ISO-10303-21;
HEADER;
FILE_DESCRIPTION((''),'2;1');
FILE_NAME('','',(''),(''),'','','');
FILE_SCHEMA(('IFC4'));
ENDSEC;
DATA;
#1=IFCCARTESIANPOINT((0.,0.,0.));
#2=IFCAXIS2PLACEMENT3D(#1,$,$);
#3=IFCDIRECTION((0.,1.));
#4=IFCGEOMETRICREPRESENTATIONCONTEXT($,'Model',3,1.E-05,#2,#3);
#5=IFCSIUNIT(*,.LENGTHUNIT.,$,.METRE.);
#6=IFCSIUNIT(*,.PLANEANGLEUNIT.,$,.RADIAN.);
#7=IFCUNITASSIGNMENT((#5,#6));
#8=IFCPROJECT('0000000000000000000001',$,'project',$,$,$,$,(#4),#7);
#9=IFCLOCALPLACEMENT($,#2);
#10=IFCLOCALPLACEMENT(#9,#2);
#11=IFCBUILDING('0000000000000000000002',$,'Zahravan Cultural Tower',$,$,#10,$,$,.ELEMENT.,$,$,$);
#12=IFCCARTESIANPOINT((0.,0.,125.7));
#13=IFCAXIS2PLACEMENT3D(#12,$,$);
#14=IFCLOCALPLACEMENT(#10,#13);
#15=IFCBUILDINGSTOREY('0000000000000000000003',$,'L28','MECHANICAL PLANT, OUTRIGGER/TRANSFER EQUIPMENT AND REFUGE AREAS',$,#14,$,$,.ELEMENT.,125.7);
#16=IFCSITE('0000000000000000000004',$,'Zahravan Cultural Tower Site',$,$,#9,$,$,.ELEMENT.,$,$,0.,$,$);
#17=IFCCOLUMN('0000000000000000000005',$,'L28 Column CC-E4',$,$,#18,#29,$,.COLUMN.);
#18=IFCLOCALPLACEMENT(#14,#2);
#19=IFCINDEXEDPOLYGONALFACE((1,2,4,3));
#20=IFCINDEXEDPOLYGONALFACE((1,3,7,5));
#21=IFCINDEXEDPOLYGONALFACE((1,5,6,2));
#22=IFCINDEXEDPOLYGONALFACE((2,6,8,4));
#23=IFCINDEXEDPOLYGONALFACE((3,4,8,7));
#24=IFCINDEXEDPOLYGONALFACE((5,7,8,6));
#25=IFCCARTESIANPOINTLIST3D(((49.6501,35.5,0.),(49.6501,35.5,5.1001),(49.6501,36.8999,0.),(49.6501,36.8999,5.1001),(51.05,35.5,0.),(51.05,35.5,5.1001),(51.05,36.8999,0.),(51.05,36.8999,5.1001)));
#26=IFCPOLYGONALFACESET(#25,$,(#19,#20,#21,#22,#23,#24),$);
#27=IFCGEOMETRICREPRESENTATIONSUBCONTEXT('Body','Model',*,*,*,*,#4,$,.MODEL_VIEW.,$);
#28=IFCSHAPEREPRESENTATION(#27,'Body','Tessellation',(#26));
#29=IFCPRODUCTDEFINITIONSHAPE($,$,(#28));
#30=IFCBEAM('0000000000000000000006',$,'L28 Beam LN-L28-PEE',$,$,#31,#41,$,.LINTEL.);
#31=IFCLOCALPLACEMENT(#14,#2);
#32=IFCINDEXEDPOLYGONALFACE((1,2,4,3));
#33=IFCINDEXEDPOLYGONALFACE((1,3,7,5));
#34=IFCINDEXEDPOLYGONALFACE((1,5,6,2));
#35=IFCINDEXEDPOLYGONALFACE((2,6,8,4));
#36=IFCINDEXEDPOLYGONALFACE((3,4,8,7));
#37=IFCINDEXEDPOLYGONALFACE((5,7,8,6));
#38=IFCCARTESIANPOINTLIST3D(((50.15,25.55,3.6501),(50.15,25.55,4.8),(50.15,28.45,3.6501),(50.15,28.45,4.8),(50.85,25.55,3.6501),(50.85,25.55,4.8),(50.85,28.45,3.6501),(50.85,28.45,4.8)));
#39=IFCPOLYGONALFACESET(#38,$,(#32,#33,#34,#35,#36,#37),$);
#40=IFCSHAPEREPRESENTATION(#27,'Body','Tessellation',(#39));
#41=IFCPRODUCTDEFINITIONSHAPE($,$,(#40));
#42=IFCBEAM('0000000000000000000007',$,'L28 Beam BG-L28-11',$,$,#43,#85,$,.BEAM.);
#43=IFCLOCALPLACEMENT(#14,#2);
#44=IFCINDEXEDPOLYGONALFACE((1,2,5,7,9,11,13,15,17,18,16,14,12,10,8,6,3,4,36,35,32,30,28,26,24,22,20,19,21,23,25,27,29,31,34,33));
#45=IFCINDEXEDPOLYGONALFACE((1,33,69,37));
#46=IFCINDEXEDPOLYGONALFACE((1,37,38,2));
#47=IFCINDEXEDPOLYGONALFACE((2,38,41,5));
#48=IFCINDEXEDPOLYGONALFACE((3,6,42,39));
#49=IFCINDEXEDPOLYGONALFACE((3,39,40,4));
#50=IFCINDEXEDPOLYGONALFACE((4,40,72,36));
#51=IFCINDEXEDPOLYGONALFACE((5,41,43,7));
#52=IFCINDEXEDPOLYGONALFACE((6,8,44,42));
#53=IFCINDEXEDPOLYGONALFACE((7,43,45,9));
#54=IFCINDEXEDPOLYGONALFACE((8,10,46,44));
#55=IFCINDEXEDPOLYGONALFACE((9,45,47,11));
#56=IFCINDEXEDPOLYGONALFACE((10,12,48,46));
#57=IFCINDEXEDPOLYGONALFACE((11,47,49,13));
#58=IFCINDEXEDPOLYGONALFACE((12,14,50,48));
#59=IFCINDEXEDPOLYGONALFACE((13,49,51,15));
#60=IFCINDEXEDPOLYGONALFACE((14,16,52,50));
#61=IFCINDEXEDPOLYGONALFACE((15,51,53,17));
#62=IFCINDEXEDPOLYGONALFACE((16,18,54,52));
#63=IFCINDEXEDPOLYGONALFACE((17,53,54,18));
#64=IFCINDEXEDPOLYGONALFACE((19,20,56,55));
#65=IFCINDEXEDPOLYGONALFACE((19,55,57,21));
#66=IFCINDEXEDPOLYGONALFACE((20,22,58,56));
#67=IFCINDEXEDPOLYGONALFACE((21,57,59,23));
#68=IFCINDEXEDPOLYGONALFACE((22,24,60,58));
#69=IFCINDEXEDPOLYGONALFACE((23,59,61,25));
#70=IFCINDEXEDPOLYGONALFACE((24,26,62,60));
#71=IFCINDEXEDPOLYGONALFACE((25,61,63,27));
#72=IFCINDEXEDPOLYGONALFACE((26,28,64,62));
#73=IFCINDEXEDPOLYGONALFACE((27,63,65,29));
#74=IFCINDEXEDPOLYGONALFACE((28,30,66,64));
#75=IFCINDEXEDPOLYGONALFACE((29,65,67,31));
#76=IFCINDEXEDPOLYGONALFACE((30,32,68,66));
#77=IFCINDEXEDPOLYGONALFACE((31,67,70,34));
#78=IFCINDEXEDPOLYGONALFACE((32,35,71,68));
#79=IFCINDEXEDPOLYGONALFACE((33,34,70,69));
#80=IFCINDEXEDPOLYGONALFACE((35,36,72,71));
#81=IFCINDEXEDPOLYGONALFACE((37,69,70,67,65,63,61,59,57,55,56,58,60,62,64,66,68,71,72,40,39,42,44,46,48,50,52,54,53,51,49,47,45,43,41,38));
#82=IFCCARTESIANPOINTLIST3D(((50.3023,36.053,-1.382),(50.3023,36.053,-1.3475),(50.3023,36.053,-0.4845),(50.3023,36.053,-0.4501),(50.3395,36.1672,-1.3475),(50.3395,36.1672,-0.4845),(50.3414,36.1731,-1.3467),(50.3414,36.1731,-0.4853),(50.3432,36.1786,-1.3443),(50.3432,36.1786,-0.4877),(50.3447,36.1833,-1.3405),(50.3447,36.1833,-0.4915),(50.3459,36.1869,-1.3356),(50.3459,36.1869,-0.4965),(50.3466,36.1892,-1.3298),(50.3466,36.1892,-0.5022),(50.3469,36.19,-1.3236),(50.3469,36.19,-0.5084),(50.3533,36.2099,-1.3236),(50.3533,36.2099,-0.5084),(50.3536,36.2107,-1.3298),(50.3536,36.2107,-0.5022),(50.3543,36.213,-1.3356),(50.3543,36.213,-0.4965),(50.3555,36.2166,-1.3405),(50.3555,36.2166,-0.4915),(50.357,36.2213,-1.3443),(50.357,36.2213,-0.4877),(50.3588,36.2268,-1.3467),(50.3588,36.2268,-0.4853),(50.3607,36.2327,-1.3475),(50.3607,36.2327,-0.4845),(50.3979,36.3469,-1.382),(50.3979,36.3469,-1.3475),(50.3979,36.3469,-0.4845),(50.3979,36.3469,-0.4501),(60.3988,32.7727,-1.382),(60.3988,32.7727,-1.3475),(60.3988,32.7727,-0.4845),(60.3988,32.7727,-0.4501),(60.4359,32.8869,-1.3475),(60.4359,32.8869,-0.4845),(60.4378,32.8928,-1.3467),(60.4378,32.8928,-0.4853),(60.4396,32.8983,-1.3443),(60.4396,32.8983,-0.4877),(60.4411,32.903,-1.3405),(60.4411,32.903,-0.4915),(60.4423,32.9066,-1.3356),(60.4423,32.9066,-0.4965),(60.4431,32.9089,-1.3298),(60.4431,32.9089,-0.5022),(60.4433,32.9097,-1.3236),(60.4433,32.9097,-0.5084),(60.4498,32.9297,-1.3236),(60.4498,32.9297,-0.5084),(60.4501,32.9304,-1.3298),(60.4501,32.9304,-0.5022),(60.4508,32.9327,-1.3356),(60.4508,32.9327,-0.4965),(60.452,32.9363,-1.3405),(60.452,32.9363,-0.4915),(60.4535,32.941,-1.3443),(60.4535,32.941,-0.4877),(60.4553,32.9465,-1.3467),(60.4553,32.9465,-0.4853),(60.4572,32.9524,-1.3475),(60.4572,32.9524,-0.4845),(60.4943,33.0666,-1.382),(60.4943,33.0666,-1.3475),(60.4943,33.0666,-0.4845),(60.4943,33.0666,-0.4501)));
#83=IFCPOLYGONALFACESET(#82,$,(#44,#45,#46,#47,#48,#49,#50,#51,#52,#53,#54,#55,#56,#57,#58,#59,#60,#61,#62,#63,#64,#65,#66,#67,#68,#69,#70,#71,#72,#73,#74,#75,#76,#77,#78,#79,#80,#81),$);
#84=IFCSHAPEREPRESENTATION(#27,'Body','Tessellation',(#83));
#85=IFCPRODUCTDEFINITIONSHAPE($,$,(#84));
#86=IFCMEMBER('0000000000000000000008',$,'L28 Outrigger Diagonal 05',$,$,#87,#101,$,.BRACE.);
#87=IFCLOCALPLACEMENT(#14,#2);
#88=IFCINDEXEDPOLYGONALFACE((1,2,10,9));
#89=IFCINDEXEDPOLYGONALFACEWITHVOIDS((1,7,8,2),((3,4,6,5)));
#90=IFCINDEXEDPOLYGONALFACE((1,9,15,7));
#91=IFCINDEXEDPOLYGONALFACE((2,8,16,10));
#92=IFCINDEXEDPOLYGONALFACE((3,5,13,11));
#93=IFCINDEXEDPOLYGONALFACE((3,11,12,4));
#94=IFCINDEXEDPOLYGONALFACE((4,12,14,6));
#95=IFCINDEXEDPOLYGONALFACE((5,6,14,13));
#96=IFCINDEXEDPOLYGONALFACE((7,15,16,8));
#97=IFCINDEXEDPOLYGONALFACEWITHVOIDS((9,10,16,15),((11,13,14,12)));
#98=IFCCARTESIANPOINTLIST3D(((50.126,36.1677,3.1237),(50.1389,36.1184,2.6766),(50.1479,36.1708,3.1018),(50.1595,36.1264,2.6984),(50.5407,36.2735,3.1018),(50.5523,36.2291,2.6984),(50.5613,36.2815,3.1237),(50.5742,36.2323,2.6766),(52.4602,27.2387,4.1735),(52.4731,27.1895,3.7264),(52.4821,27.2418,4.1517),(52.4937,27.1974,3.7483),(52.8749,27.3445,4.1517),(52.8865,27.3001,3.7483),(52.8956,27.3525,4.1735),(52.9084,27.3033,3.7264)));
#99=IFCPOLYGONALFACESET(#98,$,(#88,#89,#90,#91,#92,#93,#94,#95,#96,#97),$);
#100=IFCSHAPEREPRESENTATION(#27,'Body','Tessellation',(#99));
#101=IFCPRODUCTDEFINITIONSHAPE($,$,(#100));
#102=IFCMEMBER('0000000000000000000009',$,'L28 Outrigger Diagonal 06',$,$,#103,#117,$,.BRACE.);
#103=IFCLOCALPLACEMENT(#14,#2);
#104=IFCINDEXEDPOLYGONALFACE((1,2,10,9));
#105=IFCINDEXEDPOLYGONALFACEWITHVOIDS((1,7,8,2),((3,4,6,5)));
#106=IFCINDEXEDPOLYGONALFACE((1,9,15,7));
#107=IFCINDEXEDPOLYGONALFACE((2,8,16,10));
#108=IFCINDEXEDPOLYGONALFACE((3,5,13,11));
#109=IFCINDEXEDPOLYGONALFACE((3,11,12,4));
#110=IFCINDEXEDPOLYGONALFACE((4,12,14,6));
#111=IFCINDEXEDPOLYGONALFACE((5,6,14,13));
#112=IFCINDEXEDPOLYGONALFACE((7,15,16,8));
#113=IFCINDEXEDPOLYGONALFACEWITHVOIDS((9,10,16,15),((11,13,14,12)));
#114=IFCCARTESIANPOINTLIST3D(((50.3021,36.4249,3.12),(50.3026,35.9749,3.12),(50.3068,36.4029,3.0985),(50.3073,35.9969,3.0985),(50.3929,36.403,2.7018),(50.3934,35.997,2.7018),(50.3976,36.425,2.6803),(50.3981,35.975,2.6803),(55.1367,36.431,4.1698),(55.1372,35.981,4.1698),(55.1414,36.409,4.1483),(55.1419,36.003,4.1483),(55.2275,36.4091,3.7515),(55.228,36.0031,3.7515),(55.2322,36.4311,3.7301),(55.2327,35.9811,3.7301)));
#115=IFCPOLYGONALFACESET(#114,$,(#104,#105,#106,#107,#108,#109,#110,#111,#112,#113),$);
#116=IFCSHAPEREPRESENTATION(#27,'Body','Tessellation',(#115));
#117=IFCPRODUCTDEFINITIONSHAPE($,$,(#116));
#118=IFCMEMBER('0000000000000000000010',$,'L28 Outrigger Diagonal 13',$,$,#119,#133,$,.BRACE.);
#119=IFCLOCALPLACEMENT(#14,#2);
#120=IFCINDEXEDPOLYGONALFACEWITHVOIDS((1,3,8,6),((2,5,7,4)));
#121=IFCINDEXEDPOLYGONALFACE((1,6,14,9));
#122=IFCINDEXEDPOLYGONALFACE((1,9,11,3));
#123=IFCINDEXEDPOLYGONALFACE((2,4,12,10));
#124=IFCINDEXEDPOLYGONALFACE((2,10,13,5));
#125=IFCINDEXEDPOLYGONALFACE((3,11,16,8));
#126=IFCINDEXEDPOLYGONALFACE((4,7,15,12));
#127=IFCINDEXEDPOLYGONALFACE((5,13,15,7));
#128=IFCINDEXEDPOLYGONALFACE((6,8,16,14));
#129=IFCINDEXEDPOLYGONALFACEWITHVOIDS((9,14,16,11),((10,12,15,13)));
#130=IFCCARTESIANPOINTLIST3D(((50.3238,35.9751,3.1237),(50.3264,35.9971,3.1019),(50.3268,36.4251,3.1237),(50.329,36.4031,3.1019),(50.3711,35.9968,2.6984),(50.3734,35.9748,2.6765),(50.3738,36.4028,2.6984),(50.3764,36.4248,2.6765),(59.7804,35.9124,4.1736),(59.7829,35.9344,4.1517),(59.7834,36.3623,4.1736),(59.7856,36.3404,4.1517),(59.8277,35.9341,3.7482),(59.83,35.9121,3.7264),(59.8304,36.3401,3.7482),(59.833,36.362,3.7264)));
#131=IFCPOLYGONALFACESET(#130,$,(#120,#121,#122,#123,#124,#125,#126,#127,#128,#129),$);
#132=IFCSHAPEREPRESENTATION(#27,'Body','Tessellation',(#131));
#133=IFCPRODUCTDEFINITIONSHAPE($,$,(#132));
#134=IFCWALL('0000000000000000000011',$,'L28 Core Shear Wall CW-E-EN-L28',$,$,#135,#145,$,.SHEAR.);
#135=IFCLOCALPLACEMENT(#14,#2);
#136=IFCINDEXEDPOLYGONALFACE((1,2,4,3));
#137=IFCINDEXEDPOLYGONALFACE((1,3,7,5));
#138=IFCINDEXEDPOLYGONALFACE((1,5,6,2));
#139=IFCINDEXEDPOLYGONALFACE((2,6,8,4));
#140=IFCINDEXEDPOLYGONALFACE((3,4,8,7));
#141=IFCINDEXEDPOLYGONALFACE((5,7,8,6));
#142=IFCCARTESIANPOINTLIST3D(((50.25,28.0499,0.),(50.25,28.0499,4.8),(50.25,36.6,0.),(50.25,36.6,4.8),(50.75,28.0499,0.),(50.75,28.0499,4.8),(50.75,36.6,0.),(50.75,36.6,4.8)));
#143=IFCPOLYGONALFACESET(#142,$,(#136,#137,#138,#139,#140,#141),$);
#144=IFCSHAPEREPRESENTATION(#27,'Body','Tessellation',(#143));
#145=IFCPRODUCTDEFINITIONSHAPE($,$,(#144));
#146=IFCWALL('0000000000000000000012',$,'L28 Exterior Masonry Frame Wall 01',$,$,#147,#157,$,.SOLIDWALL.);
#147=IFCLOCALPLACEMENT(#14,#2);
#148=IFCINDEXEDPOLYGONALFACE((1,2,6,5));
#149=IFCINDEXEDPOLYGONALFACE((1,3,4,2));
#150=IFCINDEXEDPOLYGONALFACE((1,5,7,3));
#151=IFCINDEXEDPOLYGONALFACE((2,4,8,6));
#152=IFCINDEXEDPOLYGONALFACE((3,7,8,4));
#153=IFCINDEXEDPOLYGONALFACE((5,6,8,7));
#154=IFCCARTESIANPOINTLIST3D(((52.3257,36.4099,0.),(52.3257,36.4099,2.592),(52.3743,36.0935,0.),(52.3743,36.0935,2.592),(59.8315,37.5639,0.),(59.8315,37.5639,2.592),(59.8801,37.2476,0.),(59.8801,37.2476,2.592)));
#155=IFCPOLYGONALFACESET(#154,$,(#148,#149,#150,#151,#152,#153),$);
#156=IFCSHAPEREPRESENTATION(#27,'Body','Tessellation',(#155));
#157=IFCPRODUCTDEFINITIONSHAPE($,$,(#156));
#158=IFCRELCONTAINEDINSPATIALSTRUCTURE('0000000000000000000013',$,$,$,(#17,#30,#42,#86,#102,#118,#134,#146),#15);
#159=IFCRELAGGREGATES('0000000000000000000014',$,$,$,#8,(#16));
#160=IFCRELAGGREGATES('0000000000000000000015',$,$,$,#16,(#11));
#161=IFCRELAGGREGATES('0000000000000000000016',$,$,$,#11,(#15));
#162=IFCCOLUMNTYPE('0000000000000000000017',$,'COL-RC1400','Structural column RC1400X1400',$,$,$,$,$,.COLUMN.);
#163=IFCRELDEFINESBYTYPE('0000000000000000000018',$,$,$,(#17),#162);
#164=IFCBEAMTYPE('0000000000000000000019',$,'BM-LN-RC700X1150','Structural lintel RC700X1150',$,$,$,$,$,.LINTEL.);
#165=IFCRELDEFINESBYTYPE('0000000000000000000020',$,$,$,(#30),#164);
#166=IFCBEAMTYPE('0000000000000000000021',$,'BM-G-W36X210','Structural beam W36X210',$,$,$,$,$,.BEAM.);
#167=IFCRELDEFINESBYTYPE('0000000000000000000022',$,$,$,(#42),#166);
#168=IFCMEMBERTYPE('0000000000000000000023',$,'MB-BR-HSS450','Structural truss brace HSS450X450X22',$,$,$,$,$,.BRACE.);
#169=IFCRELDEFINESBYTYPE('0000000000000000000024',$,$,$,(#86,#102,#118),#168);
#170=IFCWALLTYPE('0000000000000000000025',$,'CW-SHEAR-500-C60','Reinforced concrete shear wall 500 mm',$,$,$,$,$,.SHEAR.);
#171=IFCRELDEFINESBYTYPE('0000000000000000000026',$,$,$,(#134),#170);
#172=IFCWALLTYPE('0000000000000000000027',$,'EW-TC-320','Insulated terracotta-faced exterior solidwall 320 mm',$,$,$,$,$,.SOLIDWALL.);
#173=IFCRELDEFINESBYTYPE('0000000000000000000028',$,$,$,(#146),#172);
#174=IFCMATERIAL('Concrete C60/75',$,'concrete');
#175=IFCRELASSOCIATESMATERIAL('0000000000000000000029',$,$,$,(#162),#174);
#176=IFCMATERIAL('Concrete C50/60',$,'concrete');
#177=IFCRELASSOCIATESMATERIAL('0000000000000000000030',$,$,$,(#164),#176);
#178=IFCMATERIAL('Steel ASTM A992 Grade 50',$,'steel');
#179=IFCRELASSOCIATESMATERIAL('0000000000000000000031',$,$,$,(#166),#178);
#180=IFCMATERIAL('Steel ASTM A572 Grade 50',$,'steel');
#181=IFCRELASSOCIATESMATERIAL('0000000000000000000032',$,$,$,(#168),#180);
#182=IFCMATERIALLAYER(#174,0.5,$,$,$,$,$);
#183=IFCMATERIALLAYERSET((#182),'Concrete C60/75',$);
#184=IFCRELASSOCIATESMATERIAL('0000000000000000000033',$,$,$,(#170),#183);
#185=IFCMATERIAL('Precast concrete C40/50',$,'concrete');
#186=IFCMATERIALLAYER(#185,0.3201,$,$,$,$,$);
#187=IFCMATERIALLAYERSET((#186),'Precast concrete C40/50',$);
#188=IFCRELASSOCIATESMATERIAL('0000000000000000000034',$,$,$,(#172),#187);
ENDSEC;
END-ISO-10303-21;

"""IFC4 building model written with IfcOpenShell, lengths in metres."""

from ifc_helpers import new_model, si_unit, direction, frame, frame_2d, origin, origin_2d, place, context, subcontext, project, spatial, rectangle, hollow_rectangle, i_section, extrude, source, transform, mapped, material, layer, layer_set, material_profile, profile_set, type_object, element, save


model = new_model("IFC4")

# Units and contexts
model_context = context("Model", 3, precision=1e-05, world=origin(), true_north=direction((0.0, 1.0)))
body_context = subcontext(model_context, "Body", "Model", "MODEL_VIEW")
ifc_project = project(units=[si_unit("LENGTHUNIT", "METRE"), si_unit("PLANEANGLEUNIT", "RADIAN")], contexts=[model_context])

# Site, building, storey
site_placement = place(None, origin())
site = spatial("IfcSite", under=ifc_project, at=site_placement, Name="Zahravan Cultural Tower Site", CompositionType="ELEMENT", RefElevation=0.0)
building_placement = place(site_placement, origin())
building = spatial("IfcBuilding", under=site, at=building_placement, Name="Zahravan Cultural Tower", CompositionType="ELEMENT")
storey_placement = place(building_placement, frame((0.0, 0.0, 125.7)))
storey = spatial("IfcBuildingStorey", under=building, at=storey_placement, Name="L28", Description="MECHANICAL PLANT, OUTRIGGER/TRANSFER EQUIPMENT AND REFUGE AREAS", CompositionType="ELEMENT", Elevation=125.7)

# Column
ifc_material_1 = material(Name="Concrete C60/75", Category="concrete")
ifc_material_profile_1 = material_profile(ifc_material_1, rectangle(XDim=1.3999, YDim=1.3999, at=origin_2d()), Name="RC1400X1400")
ifc_profile_set_1 = profile_set([ifc_material_profile_1], Name="Concrete C60/75")
column_type = type_object("IfcColumnType", Name="COL-RC1400", Description="Structural column RC1400X1400", PredefinedType="COLUMN", material=ifc_profile_set_1)
shared_shape_1 = source(origin(), body_context, "Body", "SweptSolid", [
    extrude(rectangle(XDim=1.3999, YDim=1.3999, at=origin_2d()), origin(), (0.0, 0.0, 1.0), 5.1001),
])
column_placement = place(storey_placement, frame((50.3501, 36.2, 0.0), z_axis=(0.0, 0.0, 1.0), x_axis=(1.0, 0.0, 0.0)))
element("IfcColumn", 1, at=column_placement, inside=storey, type_object=column_type, Name="L28 Column CC-E4", PredefinedType="COLUMN", context=body_context, shape_type="MappedRepresentation", body=[
    mapped(shared_shape_1, transform((0.0, 0.0, 0.0), x_axis=(1.0, 0.0, 0.0), y_axis=(0.0, 1.0, 0.0), z_axis=(0.0, 0.0, 1.0), scale=1.0)),
])

# Beams
ifc_material_2 = material(Name="Concrete C50/60", Category="concrete")
ifc_material_profile_2 = material_profile(ifc_material_2, rectangle(XDim=0.7, YDim=1.1499, at=origin_2d()), Name="RC700X1150")
ifc_profile_set_2 = profile_set([ifc_material_profile_2], Name="Concrete C50/60")
beam_type_1 = type_object("IfcBeamType", Name="BM-LN-RC700X1150", Description="Structural lintel RC700X1150", PredefinedType="LINTEL", material=ifc_profile_set_2)
shared_shape_2 = source(origin(), body_context, "Body", "SweptSolid", [
    extrude(rectangle(XDim=0.7, YDim=1.1499, at=origin_2d()), origin(), (0.0, 0.0, 1.0), 2.8999),
])
beam_1_placement = place(storey_placement, frame((50.5, 25.55, 4.2251), z_axis=(0.0, 1.0, 0.0), x_axis=(-1.0, 0.0, 0.0)))
element("IfcBeam", 2, at=beam_1_placement, inside=storey, type_object=beam_type_1, Name="L28 Beam LN-L28-PEE", PredefinedType="LINTEL", context=body_context, shape_type="MappedRepresentation", body=[
    mapped(shared_shape_2, transform((0.0, 0.0, 0.0), x_axis=(1.0, 0.0, 0.0), y_axis=(0.0, 1.0, 0.0), z_axis=(0.0, 0.0, 1.0), scale=1.0)),
])
ifc_material_3 = material(Name="Steel ASTM A992 Grade 50", Category="steel")
ifc_material_profile_3 = material_profile(ifc_material_3, i_section(OverallWidth=0.3091, OverallDepth=0.9319, WebThickness=0.021, FlangeThickness=0.0344, FilletRadius=0.0239, at=origin_2d()), Name="W36X210")
ifc_profile_set_3 = profile_set([ifc_material_profile_3], Name="Steel ASTM A992 Grade 50")
beam_type_2 = type_object("IfcBeamType", Name="BM-G-W36X210", Description="Structural beam W36X210", PredefinedType="BEAM", material=ifc_profile_set_3)
shared_shape_3 = source(origin(), body_context, "Body", "SweptSolid", [
    extrude(i_section(OverallWidth=0.3091, OverallDepth=0.9319, WebThickness=0.021, FlangeThickness=0.0344, FilletRadius=0.0239, at=origin_2d()), origin(), (0.0, 0.0, 1.0), 10.616),
])
beam_2_placement = place(storey_placement, frame((50.3501, 36.2, -0.916), z_axis=(0.951064, -0.308995, 0.0), x_axis=(0.308995, 0.951064, 0.0)))
element("IfcBeam", 3, at=beam_2_placement, inside=storey, type_object=beam_type_2, Name="L28 Beam BG-L28-11", PredefinedType="BEAM", context=body_context, shape_type="MappedRepresentation", body=[
    mapped(shared_shape_3, transform((0.0, 0.0, 0.0), x_axis=(1.0, 0.0, 0.0), y_axis=(0.0, 1.0, 0.0), z_axis=(0.0, 0.0, 1.0), scale=1.0)),
])

# Members
ifc_material_4 = material(Name="Steel ASTM A572 Grade 50", Category="steel")
ifc_material_profile_4 = material_profile(ifc_material_4, hollow_rectangle(XDim=0.45, YDim=0.45, WallThickness=0.022, at=origin_2d()), Name="HSS450X450X22")
ifc_profile_set_4 = profile_set([ifc_material_profile_4], Name="Steel ASTM A572 Grade 50")
member_type = type_object("IfcMemberType", Name="MB-BR-HSS450", Description="Structural truss brace HSS450X450X22", PredefinedType="BRACE", material=ifc_profile_set_4)
shared_shape_4 = source(origin(), body_context, "Body", "SweptSolid", [
    extrude(hollow_rectangle(XDim=0.45, YDim=0.45, WallThickness=0.022, at=origin_2d()), origin(), (0.0, 0.0, 1.0), 9.2886),
])
member_1_placement = place(storey_placement, frame((50.3501, 36.2, 2.9001), z_axis=(0.251302, -0.961287, 0.113022), x_axis=(0.967487, 0.252923, 0.0)))
element("IfcMember", 4, at=member_1_placement, inside=storey, type_object=member_type, Name="L28 Outrigger Diagonal 05", PredefinedType="BRACE", context=body_context, shape_type="MappedRepresentation", body=[
    mapped(shared_shape_4, transform((0.0, 0.0, 0.0), x_axis=(1.0, 0.0, 0.0), y_axis=(0.0, 1.0, 0.0), z_axis=(0.0, 0.0, 1.0), scale=1.0)),
])
shared_shape_5 = source(origin(), body_context, "Body", "SweptSolid", [
    extrude(hollow_rectangle(XDim=0.45, YDim=0.45, WallThickness=0.022, at=origin_2d()), origin(), (0.0, 0.0, 1.0), 4.9473),
])
member_2_placement = place(storey_placement, frame((50.3501, 36.2, 2.9001), z_axis=(0.977227, 0.001234, 0.212194), x_axis=(-0.001262, 0.999999, 0.0)))
element("IfcMember", 5, at=member_2_placement, inside=storey, type_object=member_type, Name="L28 Outrigger Diagonal 06", PredefinedType="BRACE", context=body_context, shape_type="MappedRepresentation", body=[
    mapped(shared_shape_5, transform((0.0, 0.0, 0.0), x_axis=(1.0, 0.0, 0.0), y_axis=(0.0, 1.0, 0.0), z_axis=(0.0, 0.0, 1.0), scale=1.0)),
])
shared_shape_6 = source(origin(), body_context, "Body", "SweptSolid", [
    extrude(hollow_rectangle(XDim=0.45, YDim=0.45, WallThickness=0.022, at=origin_2d()), origin(), (0.0, 0.0, 1.0), 9.5149),
])
member_3_placement = place(storey_placement, frame((50.3501, 36.2, 2.9001), z_axis=(0.993873, -0.006594, 0.110333), x_axis=(0.006635, 0.999978, 0.0)))
element("IfcMember", 6, at=member_3_placement, inside=storey, type_object=member_type, Name="L28 Outrigger Diagonal 13", PredefinedType="BRACE", context=body_context, shape_type="MappedRepresentation", body=[
    mapped(shared_shape_6, transform((0.0, 0.0, 0.0), x_axis=(1.0, 0.0, 0.0), y_axis=(0.0, 1.0, 0.0), z_axis=(0.0, 0.0, 1.0), scale=1.0)),
])

# Walls
ifc_layer_1 = layer(ifc_material_1, 0.5)
ifc_layer_set_1 = layer_set([ifc_layer_1], Name="Concrete C60/75")
wall_type_1 = type_object("IfcWallType", Name="CW-SHEAR-500-C60", Description="Reinforced concrete shear wall 500 mm", PredefinedType="SHEAR", material=ifc_layer_set_1)
shared_shape_7 = source(origin(), body_context, "Body", "SweptSolid", [
    extrude(rectangle(XDim=8.55, YDim=0.5, at=frame_2d((4.2749, 0.0))), origin(), (0.0, 0.0, 1.0), 4.8),
])
wall_1_placement = place(storey_placement, frame((50.5, 28.05, 0.0), z_axis=(0.0, 0.0, 1.0), x_axis=(0.0, 1.0, 0.0)))
element("IfcWall", 7, at=wall_1_placement, inside=storey, type_object=wall_type_1, Name="L28 Core Shear Wall CW-E-EN-L28", PredefinedType="SHEAR", context=body_context, shape_type="MappedRepresentation", body=[
    mapped(shared_shape_7, transform((0.0, 0.0, 0.0), x_axis=(1.0, 0.0, 0.0), y_axis=(0.0, 1.0, 0.0), z_axis=(0.0, 0.0, 1.0), scale=1.0)),
])
ifc_material_5 = material(Name="Precast concrete C40/50", Category="concrete")
ifc_layer_2 = layer(ifc_material_5, 0.3201)
ifc_layer_set_2 = layer_set([ifc_layer_2], Name="Precast concrete C40/50")
wall_type_2 = type_object("IfcWallType", Name="EW-TC-320", Description="Insulated terracotta-faced exterior solidwall 320 mm", PredefinedType="SOLIDWALL", material=ifc_layer_set_2)
shared_shape_8 = source(origin(), body_context, "Body", "SweptSolid", [
    extrude(rectangle(XDim=7.594, YDim=0.3201, at=frame_2d((3.7969, 0.0))), origin(), (0.0, 0.0, 1.0), 2.592),
])
wall_2_placement = place(storey_placement, frame((52.3501, 36.2517, 0.0), z_axis=(0.0, 0.0, 1.0), x_axis=(0.988385, 0.151968, 0.0)))
element("IfcWall", 8, at=wall_2_placement, inside=storey, type_object=wall_type_2, Name="L28 Exterior Masonry Frame Wall 01", PredefinedType="SOLIDWALL", context=body_context, shape_type="MappedRepresentation", body=[
    mapped(shared_shape_8, transform((0.0, 0.0, 0.0), x_axis=(1.0, 0.0, 0.0), y_axis=(0.0, 1.0, 0.0), z_axis=(0.0, 0.0, 1.0), scale=1.0)),
])

save(model, "model.ifc")
